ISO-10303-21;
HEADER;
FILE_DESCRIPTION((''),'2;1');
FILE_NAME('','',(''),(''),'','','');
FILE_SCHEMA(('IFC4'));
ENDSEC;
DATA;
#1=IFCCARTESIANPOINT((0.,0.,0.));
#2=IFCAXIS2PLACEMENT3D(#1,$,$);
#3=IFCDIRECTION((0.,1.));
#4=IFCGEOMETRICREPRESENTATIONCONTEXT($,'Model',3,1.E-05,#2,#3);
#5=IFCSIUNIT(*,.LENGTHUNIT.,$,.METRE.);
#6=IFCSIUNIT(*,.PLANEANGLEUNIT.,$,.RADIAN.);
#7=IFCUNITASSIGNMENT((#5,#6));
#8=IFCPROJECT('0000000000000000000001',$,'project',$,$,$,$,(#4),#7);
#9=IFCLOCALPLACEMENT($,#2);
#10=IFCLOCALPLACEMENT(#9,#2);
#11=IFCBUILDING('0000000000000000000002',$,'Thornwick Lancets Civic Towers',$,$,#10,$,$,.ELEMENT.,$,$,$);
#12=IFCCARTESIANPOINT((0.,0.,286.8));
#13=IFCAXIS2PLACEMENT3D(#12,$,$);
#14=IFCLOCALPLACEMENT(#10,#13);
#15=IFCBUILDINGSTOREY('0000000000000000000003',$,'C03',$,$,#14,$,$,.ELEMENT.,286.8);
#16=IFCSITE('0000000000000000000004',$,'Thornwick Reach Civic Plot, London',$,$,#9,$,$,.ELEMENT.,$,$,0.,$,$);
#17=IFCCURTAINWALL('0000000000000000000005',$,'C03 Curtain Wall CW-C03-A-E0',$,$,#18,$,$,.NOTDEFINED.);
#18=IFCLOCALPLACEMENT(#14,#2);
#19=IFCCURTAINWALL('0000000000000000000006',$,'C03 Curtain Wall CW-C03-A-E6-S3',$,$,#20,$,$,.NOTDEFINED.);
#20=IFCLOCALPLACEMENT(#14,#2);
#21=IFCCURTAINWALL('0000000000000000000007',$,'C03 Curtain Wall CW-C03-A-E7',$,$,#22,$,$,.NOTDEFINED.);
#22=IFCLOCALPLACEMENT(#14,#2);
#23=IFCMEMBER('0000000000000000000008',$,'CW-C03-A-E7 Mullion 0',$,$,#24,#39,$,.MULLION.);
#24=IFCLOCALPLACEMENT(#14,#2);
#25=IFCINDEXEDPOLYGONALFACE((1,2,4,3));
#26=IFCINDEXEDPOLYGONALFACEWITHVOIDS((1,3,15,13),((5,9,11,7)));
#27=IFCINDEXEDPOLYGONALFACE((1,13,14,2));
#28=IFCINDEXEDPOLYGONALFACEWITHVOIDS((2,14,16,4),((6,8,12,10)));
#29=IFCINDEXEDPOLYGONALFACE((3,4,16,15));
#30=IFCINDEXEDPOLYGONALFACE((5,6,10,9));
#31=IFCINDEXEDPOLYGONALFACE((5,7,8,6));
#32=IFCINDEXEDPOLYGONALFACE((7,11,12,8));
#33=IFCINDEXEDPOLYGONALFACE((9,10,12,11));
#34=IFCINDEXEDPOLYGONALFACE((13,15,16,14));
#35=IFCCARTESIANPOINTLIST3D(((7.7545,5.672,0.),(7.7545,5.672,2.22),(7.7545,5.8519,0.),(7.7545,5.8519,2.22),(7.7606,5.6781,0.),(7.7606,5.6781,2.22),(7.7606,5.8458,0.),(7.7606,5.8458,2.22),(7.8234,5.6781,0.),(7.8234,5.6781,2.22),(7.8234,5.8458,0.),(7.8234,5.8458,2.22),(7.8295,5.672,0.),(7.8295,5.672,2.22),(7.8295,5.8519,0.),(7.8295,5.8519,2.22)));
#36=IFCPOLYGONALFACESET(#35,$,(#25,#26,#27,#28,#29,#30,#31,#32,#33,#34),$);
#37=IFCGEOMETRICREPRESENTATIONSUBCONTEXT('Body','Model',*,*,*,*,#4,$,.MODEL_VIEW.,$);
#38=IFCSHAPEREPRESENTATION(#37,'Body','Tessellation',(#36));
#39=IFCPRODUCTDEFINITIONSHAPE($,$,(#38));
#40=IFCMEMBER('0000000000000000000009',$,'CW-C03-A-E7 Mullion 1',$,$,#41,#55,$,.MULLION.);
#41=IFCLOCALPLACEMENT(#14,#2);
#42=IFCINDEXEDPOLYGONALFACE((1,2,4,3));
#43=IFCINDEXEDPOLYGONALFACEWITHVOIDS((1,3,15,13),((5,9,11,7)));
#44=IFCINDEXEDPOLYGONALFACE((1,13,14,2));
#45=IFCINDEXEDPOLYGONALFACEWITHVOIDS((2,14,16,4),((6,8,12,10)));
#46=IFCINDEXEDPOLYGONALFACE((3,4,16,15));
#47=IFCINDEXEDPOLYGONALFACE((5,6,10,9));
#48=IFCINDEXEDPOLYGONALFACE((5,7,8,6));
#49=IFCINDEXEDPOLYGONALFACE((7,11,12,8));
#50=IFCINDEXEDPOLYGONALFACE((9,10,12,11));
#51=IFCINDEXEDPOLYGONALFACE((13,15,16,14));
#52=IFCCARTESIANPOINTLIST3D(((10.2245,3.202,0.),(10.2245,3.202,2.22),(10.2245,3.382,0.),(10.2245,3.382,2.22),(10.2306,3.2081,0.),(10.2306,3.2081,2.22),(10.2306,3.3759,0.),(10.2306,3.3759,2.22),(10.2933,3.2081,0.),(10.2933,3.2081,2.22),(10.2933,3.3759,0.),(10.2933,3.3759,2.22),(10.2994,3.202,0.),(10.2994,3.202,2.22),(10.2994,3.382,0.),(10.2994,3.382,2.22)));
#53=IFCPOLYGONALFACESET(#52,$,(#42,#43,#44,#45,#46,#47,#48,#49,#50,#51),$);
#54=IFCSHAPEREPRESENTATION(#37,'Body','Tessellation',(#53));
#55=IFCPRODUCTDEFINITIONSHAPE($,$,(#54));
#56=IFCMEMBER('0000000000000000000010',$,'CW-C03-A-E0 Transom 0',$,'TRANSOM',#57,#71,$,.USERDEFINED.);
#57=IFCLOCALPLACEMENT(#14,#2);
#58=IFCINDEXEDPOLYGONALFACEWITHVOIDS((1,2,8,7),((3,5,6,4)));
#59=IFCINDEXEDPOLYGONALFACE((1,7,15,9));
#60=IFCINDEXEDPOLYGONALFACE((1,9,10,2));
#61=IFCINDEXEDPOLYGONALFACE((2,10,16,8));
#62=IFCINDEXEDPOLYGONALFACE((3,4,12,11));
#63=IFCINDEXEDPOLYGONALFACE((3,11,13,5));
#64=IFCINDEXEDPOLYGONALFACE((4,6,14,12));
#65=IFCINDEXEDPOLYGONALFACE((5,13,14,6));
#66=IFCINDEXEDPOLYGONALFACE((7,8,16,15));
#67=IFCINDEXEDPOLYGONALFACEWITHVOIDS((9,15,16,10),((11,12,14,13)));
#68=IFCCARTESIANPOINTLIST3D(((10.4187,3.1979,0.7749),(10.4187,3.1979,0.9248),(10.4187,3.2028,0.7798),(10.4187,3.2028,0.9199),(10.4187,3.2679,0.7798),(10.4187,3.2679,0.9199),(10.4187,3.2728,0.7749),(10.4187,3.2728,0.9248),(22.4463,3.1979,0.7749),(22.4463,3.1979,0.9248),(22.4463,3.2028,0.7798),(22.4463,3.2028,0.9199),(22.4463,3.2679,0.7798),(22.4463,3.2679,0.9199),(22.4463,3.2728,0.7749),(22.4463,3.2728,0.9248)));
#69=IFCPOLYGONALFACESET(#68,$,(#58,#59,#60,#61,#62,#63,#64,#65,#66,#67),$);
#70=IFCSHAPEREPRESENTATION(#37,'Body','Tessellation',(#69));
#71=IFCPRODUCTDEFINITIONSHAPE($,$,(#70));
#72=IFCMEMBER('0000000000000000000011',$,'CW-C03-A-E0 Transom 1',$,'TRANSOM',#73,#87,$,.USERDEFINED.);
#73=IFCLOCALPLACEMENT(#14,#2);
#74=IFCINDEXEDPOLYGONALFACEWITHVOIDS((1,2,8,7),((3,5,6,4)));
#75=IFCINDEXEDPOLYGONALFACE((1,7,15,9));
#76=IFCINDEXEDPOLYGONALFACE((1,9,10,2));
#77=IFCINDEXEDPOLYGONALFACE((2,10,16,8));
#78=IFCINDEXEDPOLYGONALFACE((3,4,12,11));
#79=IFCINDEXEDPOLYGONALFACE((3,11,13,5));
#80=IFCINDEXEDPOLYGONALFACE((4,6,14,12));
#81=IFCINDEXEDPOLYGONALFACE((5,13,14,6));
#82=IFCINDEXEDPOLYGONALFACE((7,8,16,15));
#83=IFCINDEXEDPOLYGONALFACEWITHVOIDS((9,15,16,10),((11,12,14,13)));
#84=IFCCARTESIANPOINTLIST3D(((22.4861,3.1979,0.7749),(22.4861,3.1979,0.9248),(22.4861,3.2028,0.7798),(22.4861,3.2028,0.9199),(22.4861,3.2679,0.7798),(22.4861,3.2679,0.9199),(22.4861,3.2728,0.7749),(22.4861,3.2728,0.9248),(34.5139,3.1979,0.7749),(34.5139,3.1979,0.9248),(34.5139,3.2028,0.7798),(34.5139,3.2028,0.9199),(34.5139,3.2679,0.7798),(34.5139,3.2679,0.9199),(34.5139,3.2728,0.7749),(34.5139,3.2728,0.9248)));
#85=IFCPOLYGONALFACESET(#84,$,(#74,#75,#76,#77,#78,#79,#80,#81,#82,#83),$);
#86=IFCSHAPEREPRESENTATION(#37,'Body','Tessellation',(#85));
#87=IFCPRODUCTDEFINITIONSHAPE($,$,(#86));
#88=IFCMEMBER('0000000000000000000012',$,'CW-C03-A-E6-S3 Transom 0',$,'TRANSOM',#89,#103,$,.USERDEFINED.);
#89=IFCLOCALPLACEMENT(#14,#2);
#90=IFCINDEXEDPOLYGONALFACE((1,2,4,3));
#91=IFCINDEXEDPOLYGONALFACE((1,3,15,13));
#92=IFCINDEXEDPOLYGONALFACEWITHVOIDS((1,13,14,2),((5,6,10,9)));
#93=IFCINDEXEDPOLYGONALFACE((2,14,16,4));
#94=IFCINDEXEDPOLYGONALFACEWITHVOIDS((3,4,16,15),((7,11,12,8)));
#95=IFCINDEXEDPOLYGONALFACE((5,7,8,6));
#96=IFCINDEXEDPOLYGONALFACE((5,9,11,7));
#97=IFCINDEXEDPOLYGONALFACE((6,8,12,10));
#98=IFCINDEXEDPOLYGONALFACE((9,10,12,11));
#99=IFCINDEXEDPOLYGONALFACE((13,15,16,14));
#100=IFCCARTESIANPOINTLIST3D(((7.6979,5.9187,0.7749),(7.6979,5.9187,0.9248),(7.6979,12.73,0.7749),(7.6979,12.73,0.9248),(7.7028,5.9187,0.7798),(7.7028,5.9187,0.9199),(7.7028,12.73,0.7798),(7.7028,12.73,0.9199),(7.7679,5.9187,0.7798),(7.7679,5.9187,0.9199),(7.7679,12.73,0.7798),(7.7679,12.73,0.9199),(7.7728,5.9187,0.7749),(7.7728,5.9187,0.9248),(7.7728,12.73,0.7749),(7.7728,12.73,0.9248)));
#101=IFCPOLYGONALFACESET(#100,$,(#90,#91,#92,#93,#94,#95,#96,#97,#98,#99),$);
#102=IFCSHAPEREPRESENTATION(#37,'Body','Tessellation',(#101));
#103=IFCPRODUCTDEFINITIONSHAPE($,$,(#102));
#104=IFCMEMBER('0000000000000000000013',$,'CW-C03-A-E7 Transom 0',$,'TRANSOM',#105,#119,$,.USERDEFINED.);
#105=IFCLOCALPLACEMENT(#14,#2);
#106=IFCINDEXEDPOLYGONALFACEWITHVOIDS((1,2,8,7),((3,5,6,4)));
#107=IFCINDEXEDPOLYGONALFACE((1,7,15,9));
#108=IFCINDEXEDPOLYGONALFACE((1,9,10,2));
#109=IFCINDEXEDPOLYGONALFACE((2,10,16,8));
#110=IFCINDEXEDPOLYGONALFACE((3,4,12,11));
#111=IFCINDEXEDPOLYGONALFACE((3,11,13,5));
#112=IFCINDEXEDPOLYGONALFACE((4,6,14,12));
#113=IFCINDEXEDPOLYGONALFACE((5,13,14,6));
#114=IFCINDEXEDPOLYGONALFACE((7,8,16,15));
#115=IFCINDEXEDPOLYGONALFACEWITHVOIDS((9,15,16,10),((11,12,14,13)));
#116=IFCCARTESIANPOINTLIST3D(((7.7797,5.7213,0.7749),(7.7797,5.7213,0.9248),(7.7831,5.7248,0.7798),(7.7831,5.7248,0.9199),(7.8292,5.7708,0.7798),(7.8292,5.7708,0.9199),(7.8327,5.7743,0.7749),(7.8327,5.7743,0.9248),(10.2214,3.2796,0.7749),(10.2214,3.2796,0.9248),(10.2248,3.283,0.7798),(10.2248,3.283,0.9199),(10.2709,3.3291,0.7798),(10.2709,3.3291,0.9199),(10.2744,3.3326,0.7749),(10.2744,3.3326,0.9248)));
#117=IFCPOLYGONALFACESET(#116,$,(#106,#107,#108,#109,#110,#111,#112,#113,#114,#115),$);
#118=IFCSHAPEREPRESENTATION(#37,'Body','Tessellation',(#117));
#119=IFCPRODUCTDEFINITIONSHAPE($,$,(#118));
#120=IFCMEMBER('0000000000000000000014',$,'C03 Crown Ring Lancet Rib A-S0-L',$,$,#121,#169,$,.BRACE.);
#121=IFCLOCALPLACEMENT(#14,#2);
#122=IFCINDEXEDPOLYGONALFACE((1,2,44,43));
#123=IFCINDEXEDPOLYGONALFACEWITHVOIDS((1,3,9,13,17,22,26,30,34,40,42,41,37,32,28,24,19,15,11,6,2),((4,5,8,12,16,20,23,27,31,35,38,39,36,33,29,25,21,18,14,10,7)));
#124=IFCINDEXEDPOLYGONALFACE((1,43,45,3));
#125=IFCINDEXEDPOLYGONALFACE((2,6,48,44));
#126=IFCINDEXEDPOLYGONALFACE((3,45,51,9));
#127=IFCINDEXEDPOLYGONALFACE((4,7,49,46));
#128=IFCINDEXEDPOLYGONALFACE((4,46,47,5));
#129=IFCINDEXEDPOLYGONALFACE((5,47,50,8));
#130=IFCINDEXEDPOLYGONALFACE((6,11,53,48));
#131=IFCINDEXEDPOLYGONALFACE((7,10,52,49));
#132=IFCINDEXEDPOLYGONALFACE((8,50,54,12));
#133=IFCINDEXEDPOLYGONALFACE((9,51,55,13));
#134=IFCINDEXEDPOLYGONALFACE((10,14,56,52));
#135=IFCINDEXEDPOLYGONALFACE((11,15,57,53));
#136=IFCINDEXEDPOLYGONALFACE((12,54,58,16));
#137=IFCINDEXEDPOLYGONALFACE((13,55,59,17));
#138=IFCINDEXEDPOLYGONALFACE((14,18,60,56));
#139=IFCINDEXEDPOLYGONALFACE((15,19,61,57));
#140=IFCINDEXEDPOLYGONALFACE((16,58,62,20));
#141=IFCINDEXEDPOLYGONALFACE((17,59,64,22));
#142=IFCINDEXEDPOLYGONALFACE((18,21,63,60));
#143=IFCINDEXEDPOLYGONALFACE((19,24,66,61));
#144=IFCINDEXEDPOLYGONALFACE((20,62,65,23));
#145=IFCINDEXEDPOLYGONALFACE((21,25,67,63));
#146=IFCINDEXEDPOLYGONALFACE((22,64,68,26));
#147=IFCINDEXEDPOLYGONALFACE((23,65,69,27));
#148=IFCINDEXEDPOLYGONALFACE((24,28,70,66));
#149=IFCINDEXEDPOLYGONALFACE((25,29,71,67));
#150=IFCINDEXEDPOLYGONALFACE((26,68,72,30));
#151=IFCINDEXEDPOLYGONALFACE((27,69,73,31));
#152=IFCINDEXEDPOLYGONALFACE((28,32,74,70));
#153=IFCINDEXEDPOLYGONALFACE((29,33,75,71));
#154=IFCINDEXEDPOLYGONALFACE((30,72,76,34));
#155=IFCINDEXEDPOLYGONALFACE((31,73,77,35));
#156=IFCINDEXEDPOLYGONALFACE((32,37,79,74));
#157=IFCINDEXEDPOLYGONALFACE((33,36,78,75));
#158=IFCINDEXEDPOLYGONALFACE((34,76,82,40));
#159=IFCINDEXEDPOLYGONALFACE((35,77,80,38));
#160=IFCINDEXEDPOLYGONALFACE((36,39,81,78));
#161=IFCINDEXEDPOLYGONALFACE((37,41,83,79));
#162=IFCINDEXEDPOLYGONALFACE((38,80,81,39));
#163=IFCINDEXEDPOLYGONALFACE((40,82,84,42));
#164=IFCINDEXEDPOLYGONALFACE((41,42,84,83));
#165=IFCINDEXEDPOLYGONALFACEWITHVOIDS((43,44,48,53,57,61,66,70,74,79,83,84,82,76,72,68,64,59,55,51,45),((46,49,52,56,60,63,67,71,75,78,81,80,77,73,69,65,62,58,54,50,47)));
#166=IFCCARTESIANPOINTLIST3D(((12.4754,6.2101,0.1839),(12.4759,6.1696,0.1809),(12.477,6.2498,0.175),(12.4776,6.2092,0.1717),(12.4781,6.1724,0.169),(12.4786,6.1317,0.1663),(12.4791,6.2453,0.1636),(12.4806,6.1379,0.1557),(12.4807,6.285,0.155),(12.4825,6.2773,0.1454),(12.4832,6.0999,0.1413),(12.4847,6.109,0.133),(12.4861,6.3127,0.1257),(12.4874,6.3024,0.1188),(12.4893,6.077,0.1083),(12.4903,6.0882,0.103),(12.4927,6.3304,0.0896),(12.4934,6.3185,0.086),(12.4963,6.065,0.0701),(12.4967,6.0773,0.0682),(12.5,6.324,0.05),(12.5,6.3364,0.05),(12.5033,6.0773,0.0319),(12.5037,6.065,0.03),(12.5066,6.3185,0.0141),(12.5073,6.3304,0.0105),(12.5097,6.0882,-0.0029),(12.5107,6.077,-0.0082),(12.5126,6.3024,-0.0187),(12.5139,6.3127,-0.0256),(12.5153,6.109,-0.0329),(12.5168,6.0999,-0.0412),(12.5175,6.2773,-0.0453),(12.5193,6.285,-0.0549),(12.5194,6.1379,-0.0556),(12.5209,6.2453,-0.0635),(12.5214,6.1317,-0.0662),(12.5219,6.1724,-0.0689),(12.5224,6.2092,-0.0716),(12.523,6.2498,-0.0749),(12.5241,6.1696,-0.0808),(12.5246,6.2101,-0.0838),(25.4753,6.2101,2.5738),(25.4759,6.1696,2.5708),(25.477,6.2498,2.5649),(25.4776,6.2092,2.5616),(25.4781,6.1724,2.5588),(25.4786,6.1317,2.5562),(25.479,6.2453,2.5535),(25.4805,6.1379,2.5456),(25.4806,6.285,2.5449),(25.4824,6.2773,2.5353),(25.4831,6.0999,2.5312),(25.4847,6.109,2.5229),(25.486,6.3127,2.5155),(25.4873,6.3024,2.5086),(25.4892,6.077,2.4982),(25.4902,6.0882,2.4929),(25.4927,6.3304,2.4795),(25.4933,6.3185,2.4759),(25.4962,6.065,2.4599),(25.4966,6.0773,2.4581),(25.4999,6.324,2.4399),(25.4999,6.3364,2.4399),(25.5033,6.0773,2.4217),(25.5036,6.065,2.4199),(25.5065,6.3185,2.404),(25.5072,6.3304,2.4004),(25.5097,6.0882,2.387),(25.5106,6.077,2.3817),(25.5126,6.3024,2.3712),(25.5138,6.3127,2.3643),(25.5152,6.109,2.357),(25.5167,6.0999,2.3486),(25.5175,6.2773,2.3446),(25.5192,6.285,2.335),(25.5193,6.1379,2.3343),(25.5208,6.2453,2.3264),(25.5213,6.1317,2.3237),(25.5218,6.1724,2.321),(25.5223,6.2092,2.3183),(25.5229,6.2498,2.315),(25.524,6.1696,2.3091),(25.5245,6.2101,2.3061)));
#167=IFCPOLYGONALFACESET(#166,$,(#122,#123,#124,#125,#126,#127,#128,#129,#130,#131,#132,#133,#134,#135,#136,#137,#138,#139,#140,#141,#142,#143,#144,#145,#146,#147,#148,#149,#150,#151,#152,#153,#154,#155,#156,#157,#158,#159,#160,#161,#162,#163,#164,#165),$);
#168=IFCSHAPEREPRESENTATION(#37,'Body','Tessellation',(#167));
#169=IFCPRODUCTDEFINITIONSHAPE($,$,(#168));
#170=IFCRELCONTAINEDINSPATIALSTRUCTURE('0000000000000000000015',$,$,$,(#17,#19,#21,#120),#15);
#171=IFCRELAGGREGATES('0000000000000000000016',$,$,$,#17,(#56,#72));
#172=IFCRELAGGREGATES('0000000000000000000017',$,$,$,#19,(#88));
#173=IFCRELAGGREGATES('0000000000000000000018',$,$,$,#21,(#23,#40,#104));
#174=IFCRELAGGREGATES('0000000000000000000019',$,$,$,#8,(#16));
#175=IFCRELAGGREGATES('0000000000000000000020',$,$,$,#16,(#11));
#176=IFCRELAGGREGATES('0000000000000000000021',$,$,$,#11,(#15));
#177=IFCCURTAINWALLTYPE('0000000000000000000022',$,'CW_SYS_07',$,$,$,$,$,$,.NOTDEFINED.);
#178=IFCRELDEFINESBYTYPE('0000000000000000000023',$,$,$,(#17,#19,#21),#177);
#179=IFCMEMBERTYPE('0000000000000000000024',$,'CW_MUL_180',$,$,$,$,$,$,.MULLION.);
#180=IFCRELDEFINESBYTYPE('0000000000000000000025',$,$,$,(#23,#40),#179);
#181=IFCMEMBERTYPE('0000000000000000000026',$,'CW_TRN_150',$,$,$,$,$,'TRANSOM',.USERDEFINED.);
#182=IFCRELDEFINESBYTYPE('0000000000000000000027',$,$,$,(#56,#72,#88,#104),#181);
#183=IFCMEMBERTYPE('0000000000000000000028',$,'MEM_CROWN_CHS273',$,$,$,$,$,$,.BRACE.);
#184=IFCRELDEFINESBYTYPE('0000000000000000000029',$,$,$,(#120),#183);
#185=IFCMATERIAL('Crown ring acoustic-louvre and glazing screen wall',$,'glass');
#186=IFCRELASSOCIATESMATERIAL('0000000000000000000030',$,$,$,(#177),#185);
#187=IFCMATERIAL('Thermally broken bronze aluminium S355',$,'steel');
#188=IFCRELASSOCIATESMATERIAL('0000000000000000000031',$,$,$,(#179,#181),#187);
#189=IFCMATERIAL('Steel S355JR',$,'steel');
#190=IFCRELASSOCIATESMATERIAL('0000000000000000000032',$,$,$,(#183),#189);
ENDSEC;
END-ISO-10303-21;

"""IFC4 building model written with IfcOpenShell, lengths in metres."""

from ifc_helpers import new_model, si_unit, direction, frame, origin, origin_2d, place, context, subcontext, project, spatial, hollow_rectangle, hollow_circle, extrude, material, material_profile, profile_set, type_object, element, aggregate, save


model = new_model("IFC4")

# Units and contexts
model_context = context("Model", 3, precision=1e-05, world=origin(), true_north=direction((0.0, 1.0)))
body_context = subcontext(model_context, "Body", "Model", "MODEL_VIEW")
ifc_project = project(units=[si_unit("LENGTHUNIT", "METRE"), si_unit("PLANEANGLEUNIT", "RADIAN")], contexts=[model_context])

# Site, building, storey
site_placement = place(None, origin())
site = spatial("IfcSite", under=ifc_project, at=site_placement, Name="Thornwick Reach Civic Plot, London", CompositionType="ELEMENT", RefElevation=0.0)
building_placement = place(site_placement, origin())
building = spatial("IfcBuilding", under=site, at=building_placement, Name="Thornwick Lancets Civic Towers", CompositionType="ELEMENT")
storey_placement = place(building_placement, frame((0.0, 0.0, 286.8)))
storey = spatial("IfcBuildingStorey", under=building, at=storey_placement, Name="C03", CompositionType="ELEMENT", Elevation=286.8)

# Shared definitions
ifc_material_1 = material(Name="Steel S355JR", Category="steel")

# Curtain wall
ifc_material_2 = material(Name="Crown ring acoustic-louvre and glazing screen wall", Category="glass")
curtain_wall_type = type_object("IfcCurtainWallType", Name="CW_SYS_07", PredefinedType="NOTDEFINED", material=ifc_material_2)
curtain_wall_1_placement = place(storey_placement, origin())
curtain_wall_1 = element("IfcCurtainWall", 1, at=curtain_wall_1_placement, inside=storey, type_object=curtain_wall_type, Name="C03 Curtain Wall CW-C03-A-E0", PredefinedType="NOTDEFINED")
ifc_material_3 = material(Name="Thermally broken bronze aluminium S355", Category="steel")
ifc_material_profile_1 = material_profile(ifc_material_3, hollow_rectangle(XDim=0.075, YDim=0.1799, WallThickness=0.0061, at=origin_2d()), Name="RHS 180x75x6")
ifc_profile_set_1 = profile_set([ifc_material_profile_1], Name="Thermally broken bronze aluminium S355")
member_type_1 = type_object("IfcMemberType", Name="CW_MUL_180", PredefinedType="MULLION", material=ifc_profile_set_1)

# Curtain walls, members
curtain_wall_2_placement = place(storey_placement, origin())
curtain_wall_2 = element("IfcCurtainWall", 2, at=curtain_wall_2_placement, inside=storey, type_object=curtain_wall_type, Name="C03 Curtain Wall CW-C03-A-E6-S3", PredefinedType="NOTDEFINED")
curtain_wall_3_placement = place(storey_placement, origin())
curtain_wall_3 = element("IfcCurtainWall", 3, at=curtain_wall_3_placement, inside=storey, type_object=curtain_wall_type, Name="C03 Curtain Wall CW-C03-A-E7", PredefinedType="NOTDEFINED")
member_1_placement = place(storey_placement, frame((7.792, 5.762, 0.0), z_axis=(0.0, 0.0, 1.0), x_axis=(1.0, 0.0, 0.0)))
member_1 = element("IfcMember", 4, at=member_1_placement, type_object=member_type_1, Name="CW-C03-A-E7 Mullion 0", PredefinedType="MULLION", context=body_context, shape_type="SweptSolid", body=[
    extrude(hollow_rectangle(XDim=0.075, YDim=0.1799, WallThickness=0.0061, at=origin_2d()), origin(), (0.0, 0.0, 1.0), 2.22),
])
member_2_placement = place(storey_placement, frame((10.262, 3.292, 0.0), z_axis=(0.0, 0.0, 1.0), x_axis=(1.0, 0.0, 0.0)))
member_2 = element("IfcMember", 5, at=member_2_placement, type_object=member_type_1, Name="CW-C03-A-E7 Mullion 1", PredefinedType="MULLION", context=body_context, shape_type="SweptSolid", body=[
    extrude(hollow_rectangle(XDim=0.075, YDim=0.1799, WallThickness=0.0061, at=origin_2d()), origin(), (0.0, 0.0, 1.0), 2.22),
])

# Members
ifc_material_profile_2 = material_profile(ifc_material_3, hollow_rectangle(XDim=0.075, YDim=0.1499, WallThickness=0.0049, at=origin_2d()), Name="RHS 150x75x5")
ifc_profile_set_2 = profile_set([ifc_material_profile_2], Name="Thermally broken bronze aluminium S355")
member_type_2 = type_object("IfcMemberType", Name="CW_TRN_150", ElementType="TRANSOM", PredefinedType="USERDEFINED", material=ifc_profile_set_2)
member_3_placement = place(storey_placement, frame((10.4187, 3.2354, 0.8499), z_axis=(1.0, 0.0, 0.0), x_axis=(0.0, 1.0, 0.0)))
member_3 = element("IfcMember", 6, at=member_3_placement, type_object=member_type_2, Name="CW-C03-A-E0 Transom 0", ObjectType="TRANSOM", PredefinedType="USERDEFINED", context=body_context, shape_type="SweptSolid", body=[
    extrude(hollow_rectangle(XDim=0.075, YDim=0.1499, WallThickness=0.0049, at=origin_2d()), origin(), (0.0, 0.0, 1.0), 12.0276),
])
member_4_placement = place(storey_placement, frame((22.4861, 3.2354, 0.8499), z_axis=(1.0, 0.0, 0.0), x_axis=(0.0, 1.0, 0.0)))
member_4 = element("IfcMember", 7, at=member_4_placement, type_object=member_type_2, Name="CW-C03-A-E0 Transom 1", ObjectType="TRANSOM", PredefinedType="USERDEFINED", context=body_context, shape_type="SweptSolid", body=[
    extrude(hollow_rectangle(XDim=0.075, YDim=0.1499, WallThickness=0.0049, at=origin_2d()), origin(), (0.0, 0.0, 1.0), 12.0278),
])
member_5_placement = place(storey_placement, frame((7.7354, 12.73, 0.8499), z_axis=(0.0, -1.0, 0.0), x_axis=(1.0, 0.0, 0.0)))
member_5 = element("IfcMember", 8, at=member_5_placement, type_object=member_type_2, Name="CW-C03-A-E6-S3 Transom 0", ObjectType="TRANSOM", PredefinedType="USERDEFINED", context=body_context, shape_type="SweptSolid", body=[
    extrude(hollow_rectangle(XDim=0.075, YDim=0.1499, WallThickness=0.0049, at=origin_2d()), origin(), (0.0, 0.0, 1.0), 6.8113),
])
member_6_placement = place(storey_placement, frame((7.8062, 5.7478, 0.8499), z_axis=(0.707107, -0.707107, 0.0), x_axis=(0.707107, 0.707107, 0.0)))
member_6 = element("IfcMember", 9, at=member_6_placement, type_object=member_type_2, Name="CW-C03-A-E7 Transom 0", ObjectType="TRANSOM", PredefinedType="USERDEFINED", context=body_context, shape_type="SweptSolid", body=[
    extrude(hollow_rectangle(XDim=0.075, YDim=0.1499, WallThickness=0.0049, at=origin_2d()), origin(), (0.0, 0.0, 1.0), 3.4531),
])

# Member
ifc_material_profile_3 = material_profile(ifc_material_1, hollow_circle(Radius=0.1365, WallThickness=0.0125, at=origin_2d()), Name="CHS 273x12.5")
ifc_profile_set_3 = profile_set([ifc_material_profile_3], Name="Steel S355JR")
member_type_3 = type_object("IfcMemberType", Name="MEM_CROWN_CHS273", PredefinedType="BRACE", material=ifc_profile_set_3)
for number, where, z_axis, x_axis, name in (
    (10, (12.5, 6.2, 0.05), (0.983518, 0.0, 0.180808), (0.0, 1.0, 0.0), "C03 Crown Ring Lancet Rib A-S0-L"),
):
    element("IfcMember", number, at=place(storey_placement, frame(where, z_axis=z_axis, x_axis=x_axis)), inside=storey, type_object=member_type_3, Name=name, PredefinedType="BRACE", context=body_context, shape_type="SweptSolid", body=[
        extrude(hollow_circle(Radius=0.1365, WallThickness=0.0125, at=origin_2d()), origin(), (0.0, 0.0, 1.0), 13.2178),
    ])

aggregate(curtain_wall_1, [member_3, member_4])
aggregate(curtain_wall_2, [member_5])
aggregate(curtain_wall_3, [member_1, member_2, member_6])

save(model, "model.ifc")
